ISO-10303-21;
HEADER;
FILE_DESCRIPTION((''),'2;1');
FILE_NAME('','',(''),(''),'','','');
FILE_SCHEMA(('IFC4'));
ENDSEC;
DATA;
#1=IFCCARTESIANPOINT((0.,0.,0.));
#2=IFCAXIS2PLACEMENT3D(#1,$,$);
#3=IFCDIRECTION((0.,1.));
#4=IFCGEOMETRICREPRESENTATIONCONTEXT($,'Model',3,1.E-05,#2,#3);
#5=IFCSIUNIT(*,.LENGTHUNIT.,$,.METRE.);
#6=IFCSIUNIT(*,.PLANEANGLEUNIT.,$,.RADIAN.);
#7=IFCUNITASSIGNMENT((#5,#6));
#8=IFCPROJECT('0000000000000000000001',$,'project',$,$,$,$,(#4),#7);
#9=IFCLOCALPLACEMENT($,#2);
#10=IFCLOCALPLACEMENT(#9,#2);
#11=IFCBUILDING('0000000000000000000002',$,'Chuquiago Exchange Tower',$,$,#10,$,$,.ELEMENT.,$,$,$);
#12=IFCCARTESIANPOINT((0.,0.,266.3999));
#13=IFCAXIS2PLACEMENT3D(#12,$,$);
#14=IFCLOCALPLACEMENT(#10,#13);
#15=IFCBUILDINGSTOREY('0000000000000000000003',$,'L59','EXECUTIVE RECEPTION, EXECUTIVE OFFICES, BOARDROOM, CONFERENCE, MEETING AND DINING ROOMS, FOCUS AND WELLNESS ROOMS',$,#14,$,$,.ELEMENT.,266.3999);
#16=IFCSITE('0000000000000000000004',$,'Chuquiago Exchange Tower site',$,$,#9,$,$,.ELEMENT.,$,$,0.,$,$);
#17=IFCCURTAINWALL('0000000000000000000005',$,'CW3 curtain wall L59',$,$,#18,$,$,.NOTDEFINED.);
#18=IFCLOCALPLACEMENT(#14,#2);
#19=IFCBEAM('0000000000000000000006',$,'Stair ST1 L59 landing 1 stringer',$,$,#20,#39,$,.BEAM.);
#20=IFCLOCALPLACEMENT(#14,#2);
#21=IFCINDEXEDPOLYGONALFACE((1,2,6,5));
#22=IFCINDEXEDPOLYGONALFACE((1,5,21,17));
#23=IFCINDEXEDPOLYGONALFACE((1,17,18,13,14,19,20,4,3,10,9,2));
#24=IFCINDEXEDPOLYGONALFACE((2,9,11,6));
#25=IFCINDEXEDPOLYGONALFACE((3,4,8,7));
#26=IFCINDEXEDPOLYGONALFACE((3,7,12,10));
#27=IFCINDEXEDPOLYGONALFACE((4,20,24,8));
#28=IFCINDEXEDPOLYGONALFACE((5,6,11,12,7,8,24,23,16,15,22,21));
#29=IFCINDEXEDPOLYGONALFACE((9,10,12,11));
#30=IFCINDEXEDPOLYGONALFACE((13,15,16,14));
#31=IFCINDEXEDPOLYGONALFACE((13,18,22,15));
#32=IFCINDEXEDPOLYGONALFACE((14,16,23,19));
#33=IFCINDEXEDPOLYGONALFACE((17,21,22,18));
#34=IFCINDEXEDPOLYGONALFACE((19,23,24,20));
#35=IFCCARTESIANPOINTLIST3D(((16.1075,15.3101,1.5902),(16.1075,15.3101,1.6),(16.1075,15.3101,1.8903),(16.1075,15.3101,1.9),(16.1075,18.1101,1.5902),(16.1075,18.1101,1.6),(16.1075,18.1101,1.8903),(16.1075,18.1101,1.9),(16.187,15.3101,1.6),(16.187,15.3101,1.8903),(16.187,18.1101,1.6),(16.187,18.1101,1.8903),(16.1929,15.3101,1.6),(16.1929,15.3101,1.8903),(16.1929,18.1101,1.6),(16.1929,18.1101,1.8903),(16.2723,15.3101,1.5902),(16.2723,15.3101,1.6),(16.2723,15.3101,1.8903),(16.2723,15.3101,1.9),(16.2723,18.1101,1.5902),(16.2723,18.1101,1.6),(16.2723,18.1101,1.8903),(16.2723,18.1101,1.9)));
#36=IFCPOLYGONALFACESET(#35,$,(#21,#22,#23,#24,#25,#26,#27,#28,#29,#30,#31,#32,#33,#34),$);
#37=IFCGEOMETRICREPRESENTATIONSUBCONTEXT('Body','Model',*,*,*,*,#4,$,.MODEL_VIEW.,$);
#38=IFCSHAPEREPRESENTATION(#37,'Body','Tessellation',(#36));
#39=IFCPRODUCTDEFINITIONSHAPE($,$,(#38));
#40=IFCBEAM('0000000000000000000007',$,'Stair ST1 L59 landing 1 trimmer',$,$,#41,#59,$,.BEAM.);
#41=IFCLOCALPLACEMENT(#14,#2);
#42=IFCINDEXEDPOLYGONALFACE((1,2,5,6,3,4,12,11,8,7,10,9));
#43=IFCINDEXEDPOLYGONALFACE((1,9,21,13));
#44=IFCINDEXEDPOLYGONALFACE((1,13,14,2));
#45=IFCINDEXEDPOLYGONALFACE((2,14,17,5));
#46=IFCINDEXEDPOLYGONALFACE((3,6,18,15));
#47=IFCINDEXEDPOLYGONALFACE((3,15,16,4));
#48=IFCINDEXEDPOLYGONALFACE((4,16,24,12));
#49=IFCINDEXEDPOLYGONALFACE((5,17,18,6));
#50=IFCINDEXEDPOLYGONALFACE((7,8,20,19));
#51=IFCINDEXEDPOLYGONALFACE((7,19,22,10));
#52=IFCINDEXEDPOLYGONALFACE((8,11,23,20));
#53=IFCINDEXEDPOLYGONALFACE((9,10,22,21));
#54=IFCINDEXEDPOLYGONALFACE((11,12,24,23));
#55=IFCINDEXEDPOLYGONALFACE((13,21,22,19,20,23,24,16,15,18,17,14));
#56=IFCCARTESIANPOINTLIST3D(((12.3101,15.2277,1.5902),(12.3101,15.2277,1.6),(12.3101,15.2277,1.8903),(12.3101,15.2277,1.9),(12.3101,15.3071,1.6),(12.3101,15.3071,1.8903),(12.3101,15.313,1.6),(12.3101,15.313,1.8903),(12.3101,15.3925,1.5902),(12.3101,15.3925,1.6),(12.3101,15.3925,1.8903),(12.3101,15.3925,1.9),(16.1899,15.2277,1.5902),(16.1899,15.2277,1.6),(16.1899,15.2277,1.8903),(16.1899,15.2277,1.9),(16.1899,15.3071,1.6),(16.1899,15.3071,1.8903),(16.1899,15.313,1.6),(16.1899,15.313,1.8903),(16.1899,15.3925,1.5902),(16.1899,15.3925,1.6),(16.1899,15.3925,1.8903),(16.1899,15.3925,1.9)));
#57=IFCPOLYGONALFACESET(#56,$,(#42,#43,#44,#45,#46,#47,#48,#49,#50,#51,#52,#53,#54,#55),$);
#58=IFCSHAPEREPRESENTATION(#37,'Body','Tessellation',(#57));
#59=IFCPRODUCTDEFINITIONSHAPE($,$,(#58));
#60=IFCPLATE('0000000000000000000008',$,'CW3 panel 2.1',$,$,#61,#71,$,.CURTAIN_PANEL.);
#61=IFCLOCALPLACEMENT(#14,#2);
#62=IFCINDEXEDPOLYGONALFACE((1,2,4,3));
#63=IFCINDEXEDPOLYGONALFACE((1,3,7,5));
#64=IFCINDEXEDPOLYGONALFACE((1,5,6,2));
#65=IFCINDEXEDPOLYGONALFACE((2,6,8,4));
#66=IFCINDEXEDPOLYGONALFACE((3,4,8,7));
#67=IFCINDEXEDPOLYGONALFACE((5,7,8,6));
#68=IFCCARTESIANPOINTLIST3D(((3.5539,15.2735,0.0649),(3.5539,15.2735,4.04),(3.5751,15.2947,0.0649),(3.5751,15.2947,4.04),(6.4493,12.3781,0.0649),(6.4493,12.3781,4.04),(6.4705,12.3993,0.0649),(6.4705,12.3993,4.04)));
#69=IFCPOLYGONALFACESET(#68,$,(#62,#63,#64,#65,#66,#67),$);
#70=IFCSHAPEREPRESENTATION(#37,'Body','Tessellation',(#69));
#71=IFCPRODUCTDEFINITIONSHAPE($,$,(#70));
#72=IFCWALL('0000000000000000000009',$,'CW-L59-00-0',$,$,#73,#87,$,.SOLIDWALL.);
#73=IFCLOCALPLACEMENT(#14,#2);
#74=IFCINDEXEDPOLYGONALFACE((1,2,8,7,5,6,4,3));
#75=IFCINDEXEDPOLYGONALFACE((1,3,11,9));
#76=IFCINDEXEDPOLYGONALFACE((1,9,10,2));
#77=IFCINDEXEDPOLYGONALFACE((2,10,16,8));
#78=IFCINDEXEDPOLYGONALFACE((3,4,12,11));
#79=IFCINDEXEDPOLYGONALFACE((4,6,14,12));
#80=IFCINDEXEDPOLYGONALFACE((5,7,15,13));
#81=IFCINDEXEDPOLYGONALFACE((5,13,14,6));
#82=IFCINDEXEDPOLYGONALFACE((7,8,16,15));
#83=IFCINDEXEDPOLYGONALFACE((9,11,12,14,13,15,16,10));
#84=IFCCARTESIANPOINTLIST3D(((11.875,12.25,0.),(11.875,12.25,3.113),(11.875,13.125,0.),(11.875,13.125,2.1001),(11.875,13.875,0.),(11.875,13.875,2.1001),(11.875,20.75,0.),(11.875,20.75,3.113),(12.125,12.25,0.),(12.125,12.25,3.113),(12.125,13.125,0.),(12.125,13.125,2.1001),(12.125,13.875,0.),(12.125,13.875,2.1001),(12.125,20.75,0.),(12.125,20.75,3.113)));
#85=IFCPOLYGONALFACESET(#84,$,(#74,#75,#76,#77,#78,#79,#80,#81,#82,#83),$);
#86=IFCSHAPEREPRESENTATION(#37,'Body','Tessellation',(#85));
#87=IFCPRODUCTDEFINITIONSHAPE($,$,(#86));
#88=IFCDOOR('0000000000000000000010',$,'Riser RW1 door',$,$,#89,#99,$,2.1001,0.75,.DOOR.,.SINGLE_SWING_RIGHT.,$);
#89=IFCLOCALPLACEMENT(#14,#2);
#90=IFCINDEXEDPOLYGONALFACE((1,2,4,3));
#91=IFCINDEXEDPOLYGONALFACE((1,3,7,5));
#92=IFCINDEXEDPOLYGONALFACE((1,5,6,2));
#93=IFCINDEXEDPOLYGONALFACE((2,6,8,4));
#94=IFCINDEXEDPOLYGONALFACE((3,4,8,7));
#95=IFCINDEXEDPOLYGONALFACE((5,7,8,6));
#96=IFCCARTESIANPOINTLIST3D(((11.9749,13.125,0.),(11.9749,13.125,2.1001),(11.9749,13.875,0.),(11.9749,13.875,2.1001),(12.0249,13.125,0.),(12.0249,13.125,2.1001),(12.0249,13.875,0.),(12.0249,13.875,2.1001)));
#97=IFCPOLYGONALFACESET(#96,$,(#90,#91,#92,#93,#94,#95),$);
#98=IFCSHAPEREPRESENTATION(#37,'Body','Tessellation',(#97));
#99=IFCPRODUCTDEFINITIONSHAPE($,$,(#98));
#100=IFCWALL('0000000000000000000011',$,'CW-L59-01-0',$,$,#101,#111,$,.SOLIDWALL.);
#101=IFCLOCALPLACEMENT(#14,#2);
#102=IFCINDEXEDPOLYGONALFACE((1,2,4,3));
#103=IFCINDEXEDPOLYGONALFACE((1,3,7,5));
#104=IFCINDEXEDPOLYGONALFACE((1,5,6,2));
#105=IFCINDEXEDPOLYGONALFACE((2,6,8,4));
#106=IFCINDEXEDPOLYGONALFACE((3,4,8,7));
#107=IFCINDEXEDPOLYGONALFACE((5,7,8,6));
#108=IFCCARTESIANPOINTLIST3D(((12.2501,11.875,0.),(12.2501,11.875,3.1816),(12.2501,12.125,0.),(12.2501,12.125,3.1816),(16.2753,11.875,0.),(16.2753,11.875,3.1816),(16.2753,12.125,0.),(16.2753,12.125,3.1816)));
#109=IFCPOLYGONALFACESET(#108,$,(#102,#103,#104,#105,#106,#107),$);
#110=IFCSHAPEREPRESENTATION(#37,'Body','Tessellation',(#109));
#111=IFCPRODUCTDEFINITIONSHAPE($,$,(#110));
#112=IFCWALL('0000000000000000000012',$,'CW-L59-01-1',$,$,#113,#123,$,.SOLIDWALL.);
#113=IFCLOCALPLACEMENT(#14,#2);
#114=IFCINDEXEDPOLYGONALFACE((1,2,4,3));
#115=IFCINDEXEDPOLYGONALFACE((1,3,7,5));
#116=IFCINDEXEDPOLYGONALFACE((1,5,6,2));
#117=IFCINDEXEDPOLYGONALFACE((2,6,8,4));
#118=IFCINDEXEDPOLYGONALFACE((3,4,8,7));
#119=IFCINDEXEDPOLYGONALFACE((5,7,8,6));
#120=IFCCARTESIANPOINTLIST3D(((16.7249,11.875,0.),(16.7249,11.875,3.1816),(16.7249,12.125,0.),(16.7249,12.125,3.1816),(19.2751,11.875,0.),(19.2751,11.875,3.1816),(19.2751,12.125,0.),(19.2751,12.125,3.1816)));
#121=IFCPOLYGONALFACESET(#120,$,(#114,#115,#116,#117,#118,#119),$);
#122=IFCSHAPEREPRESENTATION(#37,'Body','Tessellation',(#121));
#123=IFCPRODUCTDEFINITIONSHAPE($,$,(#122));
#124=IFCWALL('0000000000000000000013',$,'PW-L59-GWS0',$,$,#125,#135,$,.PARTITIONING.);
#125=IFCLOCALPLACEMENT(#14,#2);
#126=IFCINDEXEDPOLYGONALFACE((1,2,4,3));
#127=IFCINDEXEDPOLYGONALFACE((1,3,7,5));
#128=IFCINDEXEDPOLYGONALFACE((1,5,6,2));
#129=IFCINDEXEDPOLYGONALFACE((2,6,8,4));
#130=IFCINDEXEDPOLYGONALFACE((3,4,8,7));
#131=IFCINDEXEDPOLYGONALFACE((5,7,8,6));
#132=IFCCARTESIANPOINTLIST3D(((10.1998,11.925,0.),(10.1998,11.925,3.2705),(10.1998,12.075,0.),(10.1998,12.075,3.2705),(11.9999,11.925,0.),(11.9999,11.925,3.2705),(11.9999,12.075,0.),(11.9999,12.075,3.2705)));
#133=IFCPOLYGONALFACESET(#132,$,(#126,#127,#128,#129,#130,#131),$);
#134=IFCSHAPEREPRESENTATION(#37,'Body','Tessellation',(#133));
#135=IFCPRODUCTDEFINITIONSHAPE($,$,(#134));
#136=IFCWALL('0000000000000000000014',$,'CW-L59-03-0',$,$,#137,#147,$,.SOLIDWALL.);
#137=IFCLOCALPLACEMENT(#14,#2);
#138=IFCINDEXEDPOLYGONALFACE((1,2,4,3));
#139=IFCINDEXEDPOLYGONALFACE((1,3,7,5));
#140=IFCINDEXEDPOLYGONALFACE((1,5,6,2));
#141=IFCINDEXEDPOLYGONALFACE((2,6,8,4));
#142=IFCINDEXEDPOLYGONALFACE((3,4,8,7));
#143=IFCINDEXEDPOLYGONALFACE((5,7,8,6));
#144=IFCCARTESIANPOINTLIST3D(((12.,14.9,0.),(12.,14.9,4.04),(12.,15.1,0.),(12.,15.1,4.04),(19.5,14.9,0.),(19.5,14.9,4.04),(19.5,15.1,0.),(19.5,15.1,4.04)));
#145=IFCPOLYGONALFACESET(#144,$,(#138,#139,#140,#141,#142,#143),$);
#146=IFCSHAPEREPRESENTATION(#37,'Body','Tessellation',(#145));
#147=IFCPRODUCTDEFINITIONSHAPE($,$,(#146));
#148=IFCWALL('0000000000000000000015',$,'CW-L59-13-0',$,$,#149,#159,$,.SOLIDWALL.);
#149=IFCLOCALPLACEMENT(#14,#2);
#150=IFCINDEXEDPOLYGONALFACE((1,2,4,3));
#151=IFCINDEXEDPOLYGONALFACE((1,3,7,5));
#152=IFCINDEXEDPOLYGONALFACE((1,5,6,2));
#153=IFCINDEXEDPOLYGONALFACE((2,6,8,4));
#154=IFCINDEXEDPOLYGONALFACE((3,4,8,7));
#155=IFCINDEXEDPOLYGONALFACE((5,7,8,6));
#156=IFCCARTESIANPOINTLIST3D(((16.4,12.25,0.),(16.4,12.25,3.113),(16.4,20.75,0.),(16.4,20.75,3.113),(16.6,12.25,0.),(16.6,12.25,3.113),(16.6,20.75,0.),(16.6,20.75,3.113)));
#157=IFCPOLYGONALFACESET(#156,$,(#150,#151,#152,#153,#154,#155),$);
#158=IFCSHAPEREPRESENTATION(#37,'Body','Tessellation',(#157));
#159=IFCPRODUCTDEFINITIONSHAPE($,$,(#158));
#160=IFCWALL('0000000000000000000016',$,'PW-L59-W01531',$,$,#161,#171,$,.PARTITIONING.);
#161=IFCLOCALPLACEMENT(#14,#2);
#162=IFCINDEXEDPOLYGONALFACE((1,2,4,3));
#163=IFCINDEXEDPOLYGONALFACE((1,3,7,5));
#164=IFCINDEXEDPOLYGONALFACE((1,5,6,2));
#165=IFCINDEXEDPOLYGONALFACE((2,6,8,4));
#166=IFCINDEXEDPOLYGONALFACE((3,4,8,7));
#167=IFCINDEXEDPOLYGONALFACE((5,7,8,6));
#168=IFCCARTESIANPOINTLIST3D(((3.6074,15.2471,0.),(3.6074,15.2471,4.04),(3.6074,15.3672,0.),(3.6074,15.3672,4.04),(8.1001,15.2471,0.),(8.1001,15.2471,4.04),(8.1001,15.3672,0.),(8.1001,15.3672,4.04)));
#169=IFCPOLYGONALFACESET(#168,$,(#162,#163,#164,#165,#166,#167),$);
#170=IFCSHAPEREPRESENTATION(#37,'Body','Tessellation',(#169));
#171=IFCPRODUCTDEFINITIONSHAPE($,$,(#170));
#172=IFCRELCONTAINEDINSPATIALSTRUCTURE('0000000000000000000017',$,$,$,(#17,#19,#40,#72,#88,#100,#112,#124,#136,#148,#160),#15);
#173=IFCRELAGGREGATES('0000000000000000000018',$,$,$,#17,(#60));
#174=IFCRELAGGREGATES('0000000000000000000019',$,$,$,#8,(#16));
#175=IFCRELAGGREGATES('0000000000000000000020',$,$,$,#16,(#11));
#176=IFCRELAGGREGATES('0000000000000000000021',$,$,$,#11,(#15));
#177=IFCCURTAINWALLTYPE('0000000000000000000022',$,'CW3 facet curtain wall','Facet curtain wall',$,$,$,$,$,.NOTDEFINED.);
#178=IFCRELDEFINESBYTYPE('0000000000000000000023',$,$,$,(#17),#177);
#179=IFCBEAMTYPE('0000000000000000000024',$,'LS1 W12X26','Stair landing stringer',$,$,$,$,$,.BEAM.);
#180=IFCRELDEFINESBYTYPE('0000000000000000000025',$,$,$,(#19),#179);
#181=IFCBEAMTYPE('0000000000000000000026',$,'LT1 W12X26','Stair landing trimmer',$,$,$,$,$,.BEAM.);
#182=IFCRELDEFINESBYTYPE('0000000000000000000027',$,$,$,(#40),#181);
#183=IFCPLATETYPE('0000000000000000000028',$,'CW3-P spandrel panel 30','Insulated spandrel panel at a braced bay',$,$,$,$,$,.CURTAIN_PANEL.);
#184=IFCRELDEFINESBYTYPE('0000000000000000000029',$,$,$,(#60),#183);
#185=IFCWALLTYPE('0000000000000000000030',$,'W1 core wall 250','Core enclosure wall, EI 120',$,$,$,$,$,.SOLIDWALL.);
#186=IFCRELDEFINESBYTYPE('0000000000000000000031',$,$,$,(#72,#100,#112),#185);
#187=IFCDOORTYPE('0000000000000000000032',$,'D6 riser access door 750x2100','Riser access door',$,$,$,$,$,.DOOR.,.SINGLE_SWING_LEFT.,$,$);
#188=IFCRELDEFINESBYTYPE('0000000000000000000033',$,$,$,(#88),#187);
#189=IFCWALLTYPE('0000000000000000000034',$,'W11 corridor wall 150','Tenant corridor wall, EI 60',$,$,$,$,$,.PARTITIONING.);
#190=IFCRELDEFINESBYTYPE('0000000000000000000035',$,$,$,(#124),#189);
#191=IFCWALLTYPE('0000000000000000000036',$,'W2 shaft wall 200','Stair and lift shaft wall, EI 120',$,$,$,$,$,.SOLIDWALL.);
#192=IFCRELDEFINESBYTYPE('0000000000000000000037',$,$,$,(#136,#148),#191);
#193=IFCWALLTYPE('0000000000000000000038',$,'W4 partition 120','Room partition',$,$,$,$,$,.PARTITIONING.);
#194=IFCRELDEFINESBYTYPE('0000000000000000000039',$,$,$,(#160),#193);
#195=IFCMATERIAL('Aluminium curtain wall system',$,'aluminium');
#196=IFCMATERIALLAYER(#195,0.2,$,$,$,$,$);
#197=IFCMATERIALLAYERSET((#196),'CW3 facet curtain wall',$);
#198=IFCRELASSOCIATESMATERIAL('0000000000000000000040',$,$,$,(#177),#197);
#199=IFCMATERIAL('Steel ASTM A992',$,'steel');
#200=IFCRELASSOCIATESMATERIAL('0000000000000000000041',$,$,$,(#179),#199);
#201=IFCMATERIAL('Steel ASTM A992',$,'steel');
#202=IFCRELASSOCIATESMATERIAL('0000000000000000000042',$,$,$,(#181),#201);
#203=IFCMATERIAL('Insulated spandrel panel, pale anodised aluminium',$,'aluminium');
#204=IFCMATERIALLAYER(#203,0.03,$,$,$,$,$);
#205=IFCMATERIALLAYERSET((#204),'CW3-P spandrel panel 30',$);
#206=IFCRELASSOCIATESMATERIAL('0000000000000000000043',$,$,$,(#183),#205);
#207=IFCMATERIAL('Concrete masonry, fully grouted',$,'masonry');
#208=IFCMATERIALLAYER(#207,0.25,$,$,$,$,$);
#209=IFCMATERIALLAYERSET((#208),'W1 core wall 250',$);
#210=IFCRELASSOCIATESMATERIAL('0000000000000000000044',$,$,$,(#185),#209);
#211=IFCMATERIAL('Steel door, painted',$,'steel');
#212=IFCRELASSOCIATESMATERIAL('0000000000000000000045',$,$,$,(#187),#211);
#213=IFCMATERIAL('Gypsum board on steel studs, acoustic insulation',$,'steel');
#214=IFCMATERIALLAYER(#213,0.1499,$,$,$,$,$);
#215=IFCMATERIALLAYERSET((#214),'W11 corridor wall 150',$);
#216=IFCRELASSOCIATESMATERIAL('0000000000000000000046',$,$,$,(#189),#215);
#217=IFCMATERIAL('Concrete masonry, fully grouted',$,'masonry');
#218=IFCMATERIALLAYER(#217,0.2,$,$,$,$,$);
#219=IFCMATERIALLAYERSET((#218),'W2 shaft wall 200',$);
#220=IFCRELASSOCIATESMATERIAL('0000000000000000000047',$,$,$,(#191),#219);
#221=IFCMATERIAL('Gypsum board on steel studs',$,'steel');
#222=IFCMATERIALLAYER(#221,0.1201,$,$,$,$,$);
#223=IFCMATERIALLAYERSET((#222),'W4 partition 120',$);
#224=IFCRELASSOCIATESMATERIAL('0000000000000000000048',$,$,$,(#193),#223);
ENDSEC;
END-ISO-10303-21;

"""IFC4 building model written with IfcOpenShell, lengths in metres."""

from ifc_helpers import new_model, si_unit, direction, frame, frame_2d, origin, origin_2d, place, context, subcontext, project, spatial, rectangle, i_section, extrude, material, layer, layer_set, material_profile, profile_set, type_object, element, fill, aggregate, save


model = new_model("IFC4")

# Units and contexts
model_context = context("Model", 3, precision=1e-05, world=origin(), true_north=direction((0.0, 1.0)))
body_context = subcontext(model_context, "Body", "Model", "MODEL_VIEW")
ifc_project = project(units=[si_unit("LENGTHUNIT", "METRE"), si_unit("PLANEANGLEUNIT", "RADIAN")], contexts=[model_context])

# Site, building, storey
site_placement = place(None, origin())
site = spatial("IfcSite", under=ifc_project, at=site_placement, Name="Chuquiago Exchange Tower site", CompositionType="ELEMENT", RefElevation=0.0)
building_placement = place(site_placement, origin())
building = spatial("IfcBuilding", under=site, at=building_placement, Name="Chuquiago Exchange Tower", CompositionType="ELEMENT")
storey_placement = place(building_placement, frame((0.0, 0.0, 266.3999)))
storey = spatial("IfcBuildingStorey", under=building, at=storey_placement, Name="L59", Description="EXECUTIVE RECEPTION, EXECUTIVE OFFICES, BOARDROOM, CONFERENCE, MEETING AND DINING ROOMS, FOCUS AND WELLNESS ROOMS", CompositionType="ELEMENT", Elevation=266.3999)

# Curtain wall
ifc_material_1 = material(Name="Aluminium curtain wall system", Category="aluminium")
ifc_layer_1 = layer(ifc_material_1, 0.2)
ifc_layer_set_1 = layer_set([ifc_layer_1], Name="CW3 facet curtain wall")
curtain_wall_type = type_object("IfcCurtainWallType", Name="CW3 facet curtain wall", Description="Facet curtain wall", PredefinedType="NOTDEFINED", material=ifc_layer_set_1)
curtain_wall_placement = place(storey_placement, origin())
curtain_wall = element("IfcCurtainWall", 1, at=curtain_wall_placement, inside=storey, type_object=curtain_wall_type, Name="CW3 curtain wall L59", PredefinedType="NOTDEFINED")

# Beams
ifc_material_2 = material(Name="Steel ASTM A992", Category="steel")
ifc_material_profile_1 = material_profile(ifc_material_2, i_section(OverallWidth=0.1648, OverallDepth=0.3098, WebThickness=0.0059, FlangeThickness=0.0098, at=origin_2d()), Name="W12X26")
ifc_profile_set_1 = profile_set([ifc_material_profile_1], Name="Steel ASTM A992")
beam_type_1 = type_object("IfcBeamType", Name="LS1 W12X26", Description="Stair landing stringer", PredefinedType="BEAM", material=ifc_profile_set_1)
for number, where, z_axis, x_axis, name in (
    (2, (16.1899, 15.3101, 1.7451), (0.0, 1.0, 0.0), (-1.0, 0.0, 0.0), "Stair ST1 L59 landing 1 stringer"),
):
    element("IfcBeam", number, at=place(storey_placement, frame(where, z_axis=z_axis, x_axis=x_axis)), inside=storey, type_object=beam_type_1, Name=name, PredefinedType="BEAM", context=body_context, shape_type="SweptSolid", body=[
        extrude(i_section(OverallWidth=0.1648, OverallDepth=0.3098, WebThickness=0.0059, FlangeThickness=0.0098, at=origin_2d()), origin(), (0.0, 0.0, 1.0), 2.8),
    ])
ifc_material_3 = material(Name="Steel ASTM A992", Category="steel")
ifc_material_profile_2 = material_profile(ifc_material_3, i_section(OverallWidth=0.1648, OverallDepth=0.3098, WebThickness=0.0059, FlangeThickness=0.0098, at=origin_2d()), Name="W12X26")
ifc_profile_set_2 = profile_set([ifc_material_profile_2], Name="Steel ASTM A992")
beam_type_2 = type_object("IfcBeamType", Name="LT1 W12X26", Description="Stair landing trimmer", PredefinedType="BEAM", material=ifc_profile_set_2)
beam_1_placement = place(storey_placement, frame((12.3101, 15.3101, 1.7451), z_axis=(1.0, 0.0, 0.0), x_axis=(0.0, 1.0, 0.0)))
element("IfcBeam", 3, at=beam_1_placement, inside=storey, type_object=beam_type_2, Name="Stair ST1 L59 landing 1 trimmer", PredefinedType="BEAM", context=body_context, shape_type="SweptSolid", body=[
    extrude(i_section(OverallWidth=0.1648, OverallDepth=0.3098, WebThickness=0.0059, FlangeThickness=0.0098, at=origin_2d()), origin(), (0.0, 0.0, 1.0), 3.8799),
])

# Plate
ifc_material_4 = material(Name="Insulated spandrel panel, pale anodised aluminium", Category="aluminium")
ifc_layer_2 = layer(ifc_material_4, 0.03)
ifc_layer_set_2 = layer_set([ifc_layer_2], Name="CW3-P spandrel panel 30")
plate_type = type_object("IfcPlateType", Name="CW3-P spandrel panel 30", Description="Insulated spandrel panel at a braced bay", PredefinedType="CURTAIN_PANEL", material=ifc_layer_set_2)
plate_placement = place(storey_placement, frame((5.0122, 13.8364, 0.0649), z_axis=(0.0, 0.0, 1.0), x_axis=(0.707107, -0.707107, 0.0)))
plate = element("IfcPlate", 4, at=plate_placement, type_object=plate_type, Name="CW3 panel 2.1", PredefinedType="CURTAIN_PANEL", context=body_context, shape_type="SweptSolid", body=[
    extrude(rectangle(XDim=4.0947, YDim=0.03, at=origin_2d()), origin(), (0.0, 0.0, 1.0), 3.9751),
])
aggregate(curtain_wall, [plate])

# Wall, opening, door
ifc_material_5 = material(Name="Concrete masonry, fully grouted", Category="masonry")
ifc_layer_3 = layer(ifc_material_5, 0.25)
ifc_layer_set_3 = layer_set([ifc_layer_3], Name="W1 core wall 250")
wall_type_1 = type_object("IfcWallType", Name="W1 core wall 250", Description="Core enclosure wall, EI 120", PredefinedType="SOLIDWALL", material=ifc_layer_set_3)
wall_1_placement = place(storey_placement, frame((12.0, 12.25, 0.0), z_axis=(0.0, 0.0, 1.0), x_axis=(0.0, 1.0, 0.0)))
wall_1 = element("IfcWall", 5, at=wall_1_placement, inside=storey, type_object=wall_type_1, Name="CW-L59-00-0", PredefinedType="SOLIDWALL", context=body_context, shape_type="SweptSolid", body=[
    extrude(rectangle(XDim=8.5, YDim=0.25, at=frame_2d((4.25, 0.0))), origin(), (0.0, 0.0, 1.0), 3.113),
])
opening_1_placement = place(wall_1_placement, frame((0.875, 0.0, 0.0)))
opening_1 = element("IfcOpeningElement", 6, at=opening_1_placement, cuts=wall_1, PredefinedType="OPENING", context=body_context, shape_type="SweptSolid", body=[
    extrude(rectangle(XDim=0.75, YDim=2.1001, at=frame_2d((0.375, 1.05))), frame((0.0, 0.135, 0.0), z_axis=(0.0, -1.0, 0.0), x_axis=(1.0, 0.0, 0.0)), (0.0, 0.0, 1.0), 0.27),
])
ifc_material_6 = material(Name="Steel door, painted", Category="steel")
door_type_1 = type_object("IfcDoorType", Name="D6 riser access door 750x2100", Description="Riser access door", OperationType="SINGLE_SWING_LEFT", PredefinedType="DOOR", material=ifc_material_6)
door_1_placement = place(opening_1_placement, frame((0.75, 0.0, 0.0), z_axis=(0.0, 0.0, 1.0), x_axis=(-1.0, 0.0, 0.0)))
door_1 = element("IfcDoor", 7, at=door_1_placement, inside=storey, type_object=door_type_1, Name="Riser RW1 door", OperationType="SINGLE_SWING_RIGHT", OverallHeight=2.1001, OverallWidth=0.75, PredefinedType="DOOR", context=body_context, shape_type="SweptSolid", body=[
    extrude(rectangle(XDim=0.75, YDim=2.1001, at=frame_2d((0.375, 1.05))), frame((0.0, 0.0249, 0.0), z_axis=(0.0, -1.0, 0.0), x_axis=(1.0, 0.0, 0.0)), (0.0, 0.0, 1.0), 0.05),
])
fill(opening_1, door_1)

# Walls
wall_2_placement = place(storey_placement, frame((12.25, 12.0, 0.0), z_axis=(0.0, 0.0, 1.0), x_axis=(1.0, 0.0, 0.0)))
element("IfcWall", 8, at=wall_2_placement, inside=storey, type_object=wall_type_1, Name="CW-L59-01-0", PredefinedType="SOLIDWALL", context=body_context, shape_type="SweptSolid", body=[
    extrude(rectangle(XDim=4.0251, YDim=0.25, at=frame_2d((2.0127, 0.0))), origin(), (0.0, 0.0, 1.0), 3.1816),
])
wall_3_placement = place(storey_placement, frame((16.7249, 12.0, 0.0), z_axis=(0.0, 0.0, 1.0), x_axis=(1.0, 0.0, 0.0)))
element("IfcWall", 9, at=wall_3_placement, inside=storey, type_object=wall_type_1, Name="CW-L59-01-1", PredefinedType="SOLIDWALL", context=body_context, shape_type="SweptSolid", body=[
    extrude(rectangle(XDim=2.5503, YDim=0.25, at=frame_2d((1.2751, 0.0))), origin(), (0.0, 0.0, 1.0), 3.1816),
])
ifc_material_7 = material(Name="Gypsum board on steel studs, acoustic insulation", Category="steel")
ifc_layer_4 = layer(ifc_material_7, 0.1499)
ifc_layer_set_4 = layer_set([ifc_layer_4], Name="W11 corridor wall 150")
wall_type_2 = type_object("IfcWallType", Name="W11 corridor wall 150", Description="Tenant corridor wall, EI 60", PredefinedType="PARTITIONING", material=ifc_layer_set_4)
wall_4_placement = place(storey_placement, frame((10.2, 12.0, 0.0), z_axis=(0.0, 0.0, 1.0), x_axis=(1.0, 0.0, 0.0)))
element("IfcWall", 10, at=wall_4_placement, inside=storey, type_object=wall_type_2, Name="PW-L59-GWS0", PredefinedType="PARTITIONING", context=body_context, shape_type="SweptSolid", body=[
    extrude(rectangle(XDim=1.8, YDim=0.1499, at=frame_2d((0.8999, 0.0))), origin(), (0.0, 0.0, 1.0), 3.2705),
])
ifc_material_8 = material(Name="Concrete masonry, fully grouted", Category="masonry")
ifc_layer_5 = layer(ifc_material_8, 0.2)
ifc_layer_set_5 = layer_set([ifc_layer_5], Name="W2 shaft wall 200")
wall_type_3 = type_object("IfcWallType", Name="W2 shaft wall 200", Description="Stair and lift shaft wall, EI 120", PredefinedType="SOLIDWALL", material=ifc_layer_set_5)
wall_5_placement = place(storey_placement, frame((12.0, 15.0, 0.0), z_axis=(0.0, 0.0, 1.0), x_axis=(1.0, 0.0, 0.0)))
element("IfcWall", 11, at=wall_5_placement, inside=storey, type_object=wall_type_3, Name="CW-L59-03-0", PredefinedType="SOLIDWALL", context=body_context, shape_type="SweptSolid", body=[
    extrude(rectangle(XDim=7.5, YDim=0.2, at=frame_2d((3.75, 0.0))), origin(), (0.0, 0.0, 1.0), 4.04),
])
wall_6_placement = place(storey_placement, frame((16.5, 12.25, 0.0), z_axis=(0.0, 0.0, 1.0), x_axis=(0.0, 1.0, 0.0)))
element("IfcWall", 12, at=wall_6_placement, inside=storey, type_object=wall_type_3, Name="CW-L59-13-0", PredefinedType="SOLIDWALL", context=body_context, shape_type="SweptSolid", body=[
    extrude(rectangle(XDim=8.5, YDim=0.2, at=frame_2d((4.25, 0.0))), origin(), (0.0, 0.0, 1.0), 3.113),
])
ifc_material_9 = material(Name="Gypsum board on steel studs", Category="steel")
ifc_layer_6 = layer(ifc_material_9, 0.1201)
ifc_layer_set_6 = layer_set([ifc_layer_6], Name="W4 partition 120")
wall_type_4 = type_object("IfcWallType", Name="W4 partition 120", Description="Room partition", PredefinedType="PARTITIONING", material=ifc_layer_set_6)
wall_7_placement = place(storey_placement, frame((3.6074, 15.3071, 0.0), z_axis=(0.0, 0.0, 1.0), x_axis=(1.0, 0.0, 0.0)))
element("IfcWall", 13, at=wall_7_placement, inside=storey, type_object=wall_type_4, Name="PW-L59-W01531", PredefinedType="PARTITIONING", context=body_context, shape_type="SweptSolid", body=[
    extrude(rectangle(XDim=4.4927, YDim=0.1201, at=frame_2d((2.2463, 0.0))), origin(), (0.0, 0.0, 1.0), 4.04),
])

save(model, "model.ifc")
